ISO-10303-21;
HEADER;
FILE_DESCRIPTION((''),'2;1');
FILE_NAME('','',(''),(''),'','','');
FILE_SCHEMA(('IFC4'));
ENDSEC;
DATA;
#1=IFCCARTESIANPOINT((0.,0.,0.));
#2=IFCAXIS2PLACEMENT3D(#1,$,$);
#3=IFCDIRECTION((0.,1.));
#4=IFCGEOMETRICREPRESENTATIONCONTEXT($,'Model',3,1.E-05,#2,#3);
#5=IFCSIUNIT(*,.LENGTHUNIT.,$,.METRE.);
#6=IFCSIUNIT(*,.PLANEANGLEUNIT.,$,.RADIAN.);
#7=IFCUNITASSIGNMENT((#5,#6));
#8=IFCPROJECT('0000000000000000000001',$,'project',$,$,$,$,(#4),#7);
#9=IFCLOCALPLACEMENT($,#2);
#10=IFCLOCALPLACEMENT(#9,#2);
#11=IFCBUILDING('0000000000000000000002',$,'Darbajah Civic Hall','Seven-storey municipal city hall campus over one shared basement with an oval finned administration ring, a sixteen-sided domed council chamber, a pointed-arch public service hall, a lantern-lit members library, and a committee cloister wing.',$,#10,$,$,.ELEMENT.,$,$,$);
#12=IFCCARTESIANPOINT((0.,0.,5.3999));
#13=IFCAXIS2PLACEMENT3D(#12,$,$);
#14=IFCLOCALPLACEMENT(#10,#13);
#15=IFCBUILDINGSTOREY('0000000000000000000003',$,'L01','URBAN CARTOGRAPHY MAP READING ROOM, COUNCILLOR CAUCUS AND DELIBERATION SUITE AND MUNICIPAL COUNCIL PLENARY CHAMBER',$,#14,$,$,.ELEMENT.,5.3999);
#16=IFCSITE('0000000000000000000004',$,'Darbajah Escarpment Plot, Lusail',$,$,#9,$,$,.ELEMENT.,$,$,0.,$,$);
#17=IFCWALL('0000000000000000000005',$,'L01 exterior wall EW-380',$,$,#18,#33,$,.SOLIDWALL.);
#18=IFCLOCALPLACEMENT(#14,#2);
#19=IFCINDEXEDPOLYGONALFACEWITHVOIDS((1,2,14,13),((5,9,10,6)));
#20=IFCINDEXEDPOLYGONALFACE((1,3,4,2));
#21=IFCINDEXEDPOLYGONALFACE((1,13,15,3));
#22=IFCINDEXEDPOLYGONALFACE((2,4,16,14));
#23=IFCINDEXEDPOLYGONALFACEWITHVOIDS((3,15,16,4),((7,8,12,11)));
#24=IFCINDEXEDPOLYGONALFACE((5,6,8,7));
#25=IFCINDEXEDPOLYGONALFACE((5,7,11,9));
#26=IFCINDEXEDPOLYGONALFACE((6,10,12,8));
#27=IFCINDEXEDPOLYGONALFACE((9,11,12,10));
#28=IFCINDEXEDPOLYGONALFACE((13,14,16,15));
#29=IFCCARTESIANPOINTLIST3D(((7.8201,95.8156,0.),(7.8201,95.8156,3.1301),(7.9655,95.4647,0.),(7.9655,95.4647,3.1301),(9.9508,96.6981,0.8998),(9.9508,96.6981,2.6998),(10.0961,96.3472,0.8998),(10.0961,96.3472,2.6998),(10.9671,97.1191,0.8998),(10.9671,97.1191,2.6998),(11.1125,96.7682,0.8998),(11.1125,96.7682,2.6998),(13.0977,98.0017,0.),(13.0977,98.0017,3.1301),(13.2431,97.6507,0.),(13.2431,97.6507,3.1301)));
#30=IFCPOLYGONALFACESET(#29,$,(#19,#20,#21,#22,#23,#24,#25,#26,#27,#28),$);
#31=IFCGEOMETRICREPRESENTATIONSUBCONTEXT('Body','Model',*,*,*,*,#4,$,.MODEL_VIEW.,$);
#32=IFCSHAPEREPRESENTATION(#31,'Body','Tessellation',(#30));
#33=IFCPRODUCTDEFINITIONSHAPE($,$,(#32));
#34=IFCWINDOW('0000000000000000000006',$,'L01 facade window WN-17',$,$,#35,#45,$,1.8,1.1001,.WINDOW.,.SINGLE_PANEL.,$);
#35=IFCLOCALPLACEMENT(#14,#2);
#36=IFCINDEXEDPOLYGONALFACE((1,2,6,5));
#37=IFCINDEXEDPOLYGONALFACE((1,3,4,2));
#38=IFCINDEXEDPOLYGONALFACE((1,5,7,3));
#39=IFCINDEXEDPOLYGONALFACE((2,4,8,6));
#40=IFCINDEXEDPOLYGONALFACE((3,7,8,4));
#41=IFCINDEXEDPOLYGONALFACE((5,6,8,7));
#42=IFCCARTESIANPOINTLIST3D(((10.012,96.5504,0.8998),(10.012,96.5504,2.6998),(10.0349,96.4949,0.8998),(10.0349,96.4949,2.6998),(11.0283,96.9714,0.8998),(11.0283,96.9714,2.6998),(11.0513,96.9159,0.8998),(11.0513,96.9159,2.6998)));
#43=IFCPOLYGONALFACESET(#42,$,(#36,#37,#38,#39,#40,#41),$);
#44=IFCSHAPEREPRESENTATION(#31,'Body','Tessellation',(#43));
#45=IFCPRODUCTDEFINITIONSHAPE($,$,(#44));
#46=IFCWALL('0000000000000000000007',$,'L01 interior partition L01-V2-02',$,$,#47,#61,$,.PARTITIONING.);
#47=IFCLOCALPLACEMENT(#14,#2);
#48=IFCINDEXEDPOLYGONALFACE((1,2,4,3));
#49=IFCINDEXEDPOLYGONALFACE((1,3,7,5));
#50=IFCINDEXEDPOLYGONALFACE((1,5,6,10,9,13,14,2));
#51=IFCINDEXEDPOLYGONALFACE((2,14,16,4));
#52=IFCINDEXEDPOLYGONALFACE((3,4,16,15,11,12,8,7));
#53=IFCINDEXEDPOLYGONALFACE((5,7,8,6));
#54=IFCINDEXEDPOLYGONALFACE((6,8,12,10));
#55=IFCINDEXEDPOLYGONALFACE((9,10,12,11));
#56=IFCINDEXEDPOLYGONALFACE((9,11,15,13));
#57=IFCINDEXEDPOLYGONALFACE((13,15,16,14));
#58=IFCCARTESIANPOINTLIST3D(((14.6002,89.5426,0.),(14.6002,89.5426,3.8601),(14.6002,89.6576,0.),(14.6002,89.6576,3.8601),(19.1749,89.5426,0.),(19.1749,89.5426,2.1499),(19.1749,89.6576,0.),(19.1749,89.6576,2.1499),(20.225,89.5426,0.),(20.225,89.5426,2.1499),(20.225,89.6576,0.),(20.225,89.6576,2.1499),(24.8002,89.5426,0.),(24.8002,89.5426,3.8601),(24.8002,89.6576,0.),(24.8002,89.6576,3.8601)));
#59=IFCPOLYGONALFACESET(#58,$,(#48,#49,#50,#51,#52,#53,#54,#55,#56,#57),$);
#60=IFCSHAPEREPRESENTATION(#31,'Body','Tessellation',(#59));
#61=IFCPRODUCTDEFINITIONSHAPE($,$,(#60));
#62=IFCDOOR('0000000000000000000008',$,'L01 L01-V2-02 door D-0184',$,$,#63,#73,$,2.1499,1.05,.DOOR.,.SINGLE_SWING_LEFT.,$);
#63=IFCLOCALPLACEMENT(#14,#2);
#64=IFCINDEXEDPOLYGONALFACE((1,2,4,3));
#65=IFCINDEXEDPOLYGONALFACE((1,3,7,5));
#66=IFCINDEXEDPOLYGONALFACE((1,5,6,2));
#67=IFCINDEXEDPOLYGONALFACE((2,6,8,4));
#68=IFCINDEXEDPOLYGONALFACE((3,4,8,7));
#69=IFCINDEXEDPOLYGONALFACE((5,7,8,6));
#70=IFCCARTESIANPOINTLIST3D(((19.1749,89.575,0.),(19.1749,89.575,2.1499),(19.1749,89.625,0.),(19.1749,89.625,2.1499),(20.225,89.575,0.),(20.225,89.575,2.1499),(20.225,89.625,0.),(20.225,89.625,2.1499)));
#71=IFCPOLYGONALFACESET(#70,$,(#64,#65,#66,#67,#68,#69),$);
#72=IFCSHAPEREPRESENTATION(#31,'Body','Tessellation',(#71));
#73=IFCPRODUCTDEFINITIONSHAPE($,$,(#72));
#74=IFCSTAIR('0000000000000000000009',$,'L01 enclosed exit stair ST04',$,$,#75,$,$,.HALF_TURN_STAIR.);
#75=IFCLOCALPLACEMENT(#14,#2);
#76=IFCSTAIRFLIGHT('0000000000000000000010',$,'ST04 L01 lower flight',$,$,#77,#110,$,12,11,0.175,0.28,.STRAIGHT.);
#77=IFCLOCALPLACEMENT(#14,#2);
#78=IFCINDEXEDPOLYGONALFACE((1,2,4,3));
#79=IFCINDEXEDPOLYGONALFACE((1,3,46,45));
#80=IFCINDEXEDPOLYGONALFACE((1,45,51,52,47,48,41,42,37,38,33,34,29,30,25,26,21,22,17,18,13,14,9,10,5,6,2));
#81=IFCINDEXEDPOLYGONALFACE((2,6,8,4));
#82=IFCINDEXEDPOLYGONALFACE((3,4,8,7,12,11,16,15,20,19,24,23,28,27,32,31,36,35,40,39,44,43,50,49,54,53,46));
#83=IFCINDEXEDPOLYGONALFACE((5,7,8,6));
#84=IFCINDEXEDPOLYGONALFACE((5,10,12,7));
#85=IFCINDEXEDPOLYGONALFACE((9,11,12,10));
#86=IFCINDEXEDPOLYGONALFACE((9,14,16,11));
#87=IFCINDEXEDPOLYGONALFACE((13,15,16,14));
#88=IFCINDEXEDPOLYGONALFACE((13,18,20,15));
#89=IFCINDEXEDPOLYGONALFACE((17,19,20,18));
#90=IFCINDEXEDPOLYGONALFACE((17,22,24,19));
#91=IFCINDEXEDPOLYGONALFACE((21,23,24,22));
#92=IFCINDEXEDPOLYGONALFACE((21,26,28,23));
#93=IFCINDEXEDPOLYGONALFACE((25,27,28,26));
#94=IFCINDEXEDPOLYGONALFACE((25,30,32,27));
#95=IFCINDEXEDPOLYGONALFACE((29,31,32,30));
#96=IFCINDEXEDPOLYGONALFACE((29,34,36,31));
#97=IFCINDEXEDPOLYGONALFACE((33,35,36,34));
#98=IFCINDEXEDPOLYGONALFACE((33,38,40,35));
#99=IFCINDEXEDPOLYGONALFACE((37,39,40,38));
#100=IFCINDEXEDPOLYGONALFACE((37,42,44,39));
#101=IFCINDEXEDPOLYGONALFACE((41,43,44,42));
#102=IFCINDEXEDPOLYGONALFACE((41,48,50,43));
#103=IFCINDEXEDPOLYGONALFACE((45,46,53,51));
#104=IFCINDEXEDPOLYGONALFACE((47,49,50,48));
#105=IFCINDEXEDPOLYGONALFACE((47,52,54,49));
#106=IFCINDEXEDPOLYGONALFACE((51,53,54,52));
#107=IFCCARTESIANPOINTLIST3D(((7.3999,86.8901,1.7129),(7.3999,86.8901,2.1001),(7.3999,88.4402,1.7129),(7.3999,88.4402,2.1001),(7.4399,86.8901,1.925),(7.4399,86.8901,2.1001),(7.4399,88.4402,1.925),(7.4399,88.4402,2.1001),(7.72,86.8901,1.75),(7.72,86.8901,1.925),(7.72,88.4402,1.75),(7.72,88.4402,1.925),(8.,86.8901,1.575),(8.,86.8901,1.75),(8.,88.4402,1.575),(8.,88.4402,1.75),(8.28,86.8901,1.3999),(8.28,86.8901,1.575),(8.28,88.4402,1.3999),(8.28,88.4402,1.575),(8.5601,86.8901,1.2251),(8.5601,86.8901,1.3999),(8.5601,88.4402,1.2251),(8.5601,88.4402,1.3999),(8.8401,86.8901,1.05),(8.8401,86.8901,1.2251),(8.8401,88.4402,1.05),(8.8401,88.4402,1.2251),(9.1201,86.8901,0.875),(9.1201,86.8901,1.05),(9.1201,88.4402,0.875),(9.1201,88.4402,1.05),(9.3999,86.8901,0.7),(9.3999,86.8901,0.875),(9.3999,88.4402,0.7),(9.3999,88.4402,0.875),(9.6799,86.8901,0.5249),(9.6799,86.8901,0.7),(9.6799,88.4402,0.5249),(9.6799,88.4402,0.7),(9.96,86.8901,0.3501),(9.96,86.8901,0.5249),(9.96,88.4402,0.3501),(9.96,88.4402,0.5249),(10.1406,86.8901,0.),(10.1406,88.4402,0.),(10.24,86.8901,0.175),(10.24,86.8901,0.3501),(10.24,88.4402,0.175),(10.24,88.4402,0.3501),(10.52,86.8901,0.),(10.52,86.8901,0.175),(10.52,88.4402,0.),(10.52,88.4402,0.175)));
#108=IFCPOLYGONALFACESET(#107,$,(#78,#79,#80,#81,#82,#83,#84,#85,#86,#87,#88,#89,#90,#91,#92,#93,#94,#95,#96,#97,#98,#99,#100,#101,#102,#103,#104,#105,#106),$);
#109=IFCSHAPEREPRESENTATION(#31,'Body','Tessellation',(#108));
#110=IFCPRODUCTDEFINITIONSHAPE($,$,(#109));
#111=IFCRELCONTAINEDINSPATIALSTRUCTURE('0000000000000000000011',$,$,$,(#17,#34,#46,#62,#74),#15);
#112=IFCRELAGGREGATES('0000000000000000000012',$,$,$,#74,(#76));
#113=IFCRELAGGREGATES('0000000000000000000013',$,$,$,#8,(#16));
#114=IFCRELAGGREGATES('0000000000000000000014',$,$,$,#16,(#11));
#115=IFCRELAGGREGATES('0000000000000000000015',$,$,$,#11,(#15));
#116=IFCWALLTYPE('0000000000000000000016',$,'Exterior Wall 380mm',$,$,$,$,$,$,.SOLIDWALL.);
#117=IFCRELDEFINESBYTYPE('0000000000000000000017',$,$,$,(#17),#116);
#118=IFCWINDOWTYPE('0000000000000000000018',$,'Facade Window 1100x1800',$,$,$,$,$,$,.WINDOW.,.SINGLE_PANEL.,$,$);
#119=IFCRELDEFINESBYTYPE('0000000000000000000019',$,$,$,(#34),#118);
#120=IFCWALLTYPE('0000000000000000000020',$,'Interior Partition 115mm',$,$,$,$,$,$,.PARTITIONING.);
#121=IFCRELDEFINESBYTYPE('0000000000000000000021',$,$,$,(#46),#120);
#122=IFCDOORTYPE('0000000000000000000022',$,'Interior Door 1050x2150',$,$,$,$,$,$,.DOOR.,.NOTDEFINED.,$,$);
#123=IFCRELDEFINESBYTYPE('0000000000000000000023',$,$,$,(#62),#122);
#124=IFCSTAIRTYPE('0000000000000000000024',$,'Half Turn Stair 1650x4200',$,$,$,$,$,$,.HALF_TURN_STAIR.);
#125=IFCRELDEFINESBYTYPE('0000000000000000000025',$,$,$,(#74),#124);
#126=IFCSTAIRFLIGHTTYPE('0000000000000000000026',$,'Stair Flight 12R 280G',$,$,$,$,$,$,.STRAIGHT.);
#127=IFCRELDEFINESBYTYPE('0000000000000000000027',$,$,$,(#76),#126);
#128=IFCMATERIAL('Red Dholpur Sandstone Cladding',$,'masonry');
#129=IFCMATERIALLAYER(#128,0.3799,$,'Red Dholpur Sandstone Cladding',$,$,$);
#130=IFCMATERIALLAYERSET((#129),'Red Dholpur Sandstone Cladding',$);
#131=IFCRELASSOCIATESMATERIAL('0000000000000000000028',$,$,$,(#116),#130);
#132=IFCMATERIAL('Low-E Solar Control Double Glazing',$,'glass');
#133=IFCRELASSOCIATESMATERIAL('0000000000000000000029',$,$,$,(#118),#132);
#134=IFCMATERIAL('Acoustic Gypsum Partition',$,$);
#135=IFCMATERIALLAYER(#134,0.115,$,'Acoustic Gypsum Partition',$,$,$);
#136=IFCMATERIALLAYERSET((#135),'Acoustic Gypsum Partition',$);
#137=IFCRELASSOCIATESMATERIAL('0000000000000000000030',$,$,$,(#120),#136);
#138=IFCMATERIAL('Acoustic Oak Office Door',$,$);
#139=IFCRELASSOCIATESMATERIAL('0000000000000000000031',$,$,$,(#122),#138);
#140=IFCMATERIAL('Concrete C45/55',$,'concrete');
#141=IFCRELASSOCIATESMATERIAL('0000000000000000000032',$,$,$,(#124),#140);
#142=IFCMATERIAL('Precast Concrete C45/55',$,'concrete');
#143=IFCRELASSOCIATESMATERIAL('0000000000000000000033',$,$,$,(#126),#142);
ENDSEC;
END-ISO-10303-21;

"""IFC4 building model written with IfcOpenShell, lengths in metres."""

from ifc_helpers import new_model, si_unit, direction, frame, frame_2d, origin, place, context, subcontext, project, spatial, polyline, rectangle, outline, extrude, material, layer, layer_set, type_object, element, fill, aggregate, save


model = new_model("IFC4")

# Units and contexts
model_context = context("Model", 3, precision=1e-05, world=origin(), true_north=direction((0.0, 1.0)))
body_context = subcontext(model_context, "Body", "Model", "MODEL_VIEW")
ifc_project = project(units=[si_unit("LENGTHUNIT", "METRE"), si_unit("PLANEANGLEUNIT", "RADIAN")], contexts=[model_context])

# Site, building, storey
site_placement = place(None, origin())
site = spatial("IfcSite", under=ifc_project, at=site_placement, Name="Darbajah Escarpment Plot, Lusail", CompositionType="ELEMENT", RefElevation=0.0)
building_placement = place(site_placement, origin())
building = spatial("IfcBuilding", under=site, at=building_placement, Name="Darbajah Civic Hall", Description="Seven-storey municipal city hall campus over one shared basement with an oval finned administration ring, a sixteen-sided domed council chamber, a pointed-arch public service hall, a lantern-lit members library, and a committee cloister wing.", CompositionType="ELEMENT")
storey_placement = place(building_placement, frame((0.0, 0.0, 5.3999)))
storey = spatial("IfcBuildingStorey", under=building, at=storey_placement, Name="L01", Description="URBAN CARTOGRAPHY MAP READING ROOM, COUNCILLOR CAUCUS AND DELIBERATION SUITE AND MUNICIPAL COUNCIL PLENARY CHAMBER", CompositionType="ELEMENT", Elevation=5.3999)

# Shared definitions
ifc_material_1 = material(Name="Concrete C45/55", Category="concrete")

# Wall, opening, window
ifc_material_2 = material(Name="Red Dholpur Sandstone Cladding", Category="masonry")
ifc_layer_1 = layer(ifc_material_2, 0.3799, Name="Red Dholpur Sandstone Cladding")
ifc_layer_set_1 = layer_set([ifc_layer_1], Name="Red Dholpur Sandstone Cladding")
wall_type_1 = type_object("IfcWallType", Name="Exterior Wall 380mm", PredefinedType="SOLIDWALL", material=ifc_layer_set_1)
ifc_material_3 = material(Name="Low-E Solar Control Double Glazing", Category="glass")
window_type = type_object("IfcWindowType", Name="Facade Window 1100x1800", PartitioningType="SINGLE_PANEL", PredefinedType="WINDOW", material=ifc_material_3)
wall_1_placement = place(storey_placement, frame((13.1704, 97.8262, 0.0), z_axis=(0.0, 0.0, 1.0), x_axis=(-0.92388, -0.382681, 0.0)))
wall_1 = element("IfcWall", 1, at=wall_1_placement, inside=storey, type_object=wall_type_1, Name="L01 exterior wall EW-380", PredefinedType="SOLIDWALL", context=body_context, shape_type="SweptSolid", body=[
    extrude(rectangle(XDim=5.7124, YDim=0.3799, at=frame_2d((2.8562, 0.0))), origin(), (0.0, 0.0, 1.0), 3.1301),
])
opening_1_placement = place(wall_1_placement, frame((2.3062, 0.0, 0.8999)))
opening_1 = element("IfcOpeningElement", 2, at=opening_1_placement, cuts=wall_1, PredefinedType="OPENING", context=body_context, shape_type="SweptSolid", body=[
    extrude(rectangle(XDim=1.1001, YDim=1.8, at=frame_2d((0.55, 0.8999))), frame((0.0, 0.2, 0.0), z_axis=(0.0, -1.0, 0.0), x_axis=(1.0, 0.0, 0.0)), (0.0, 0.0, 1.0), 0.3999),
])
window_1_placement = place(opening_1_placement, origin())
window_1 = element("IfcWindow", 3, at=window_1_placement, inside=storey, type_object=window_type, Name="L01 facade window WN-17", OverallHeight=1.8, OverallWidth=1.1001, PartitioningType="SINGLE_PANEL", PredefinedType="WINDOW", context=body_context, shape_type="SweptSolid", body=[
    extrude(rectangle(XDim=1.1001, YDim=1.8, at=frame_2d((0.55, 0.8999))), frame((0.0, 0.03, 0.0), z_axis=(0.0, -1.0, 0.0), x_axis=(1.0, 0.0, 0.0)), (0.0, 0.0, 1.0), 0.0601),
])
fill(opening_1, window_1)

# Wall, opening, door
ifc_material_4 = material(Name="Acoustic Gypsum Partition")
ifc_layer_2 = layer(ifc_material_4, 0.115, Name="Acoustic Gypsum Partition")
ifc_layer_set_2 = layer_set([ifc_layer_2], Name="Acoustic Gypsum Partition")
wall_type_2 = type_object("IfcWallType", Name="Interior Partition 115mm", PredefinedType="PARTITIONING", material=ifc_layer_set_2)
wall_2_placement = place(storey_placement, frame((14.6001, 89.6001, 0.0), z_axis=(0.0, 0.0, 1.0), x_axis=(1.0, 0.0, 0.0)))
wall_2 = element("IfcWall", 4, at=wall_2_placement, inside=storey, type_object=wall_type_2, Name="L01 interior partition L01-V2-02", PredefinedType="PARTITIONING", context=body_context, shape_type="SweptSolid", body=[
    extrude(rectangle(XDim=10.2, YDim=0.115, at=frame_2d((5.1001, 0.0))), origin(), (0.0, 0.0, 1.0), 3.8601),
])
opening_2_placement = place(wall_2_placement, frame((4.575, 0.0, 0.0)))
opening_2 = element("IfcOpeningElement", 5, at=opening_2_placement, cuts=wall_2, PredefinedType="OPENING", context=body_context, shape_type="SweptSolid", body=[
    extrude(rectangle(XDim=1.05, YDim=2.1499, at=frame_2d((0.5249, 1.075))), frame((0.0, 0.0674, 0.0), z_axis=(0.0, -1.0, 0.0), x_axis=(1.0, 0.0, 0.0)), (0.0, 0.0, 1.0), 0.135),
])
ifc_material_5 = material(Name="Acoustic Oak Office Door")
door_type_1 = type_object("IfcDoorType", Name="Interior Door 1050x2150", OperationType="NOTDEFINED", PredefinedType="DOOR", material=ifc_material_5)
door_1_placement = place(opening_2_placement, origin())
door_1 = element("IfcDoor", 6, at=door_1_placement, inside=storey, type_object=door_type_1, Name="L01 L01-V2-02 door D-0184", OperationType="SINGLE_SWING_LEFT", OverallHeight=2.1499, OverallWidth=1.05, PredefinedType="DOOR", context=body_context, shape_type="SweptSolid", body=[
    extrude(rectangle(XDim=1.05, YDim=2.1499, at=frame_2d((0.5249, 1.075))), frame((0.0, 0.0249, 0.0), z_axis=(0.0, -1.0, 0.0), x_axis=(1.0, 0.0, 0.0)), (0.0, 0.0, 1.0), 0.05),
])
fill(opening_2, door_1)

# Stair, stair flight
stair_type = type_object("IfcStairType", Name="Half Turn Stair 1650x4200", PredefinedType="HALF_TURN_STAIR", material=ifc_material_1)
stair_placement = place(storey_placement, origin())
stair = element("IfcStair", 7, at=stair_placement, inside=storey, type_object=stair_type, Name="L01 enclosed exit stair ST04", PredefinedType="HALF_TURN_STAIR")
ifc_material_6 = material(Name="Precast Concrete C45/55", Category="concrete")
stair_flight_type = type_object("IfcStairFlightType", Name="Stair Flight 12R 280G", PredefinedType="STRAIGHT", material=ifc_material_6)
stair_flight_placement = place(storey_placement, frame((10.52, 87.665, 0.0), z_axis=(0.0, 0.0, 1.0), x_axis=(-1.0, 0.0, 0.0)))
stair_flight = element("IfcStairFlight", 8, at=stair_flight_placement, type_object=stair_flight_type, Name="ST04 L01 lower flight", NumberOfRisers=12, NumberOfTreads=11, PredefinedType="STRAIGHT", RiserHeight=0.175, TreadLength=0.28, context=body_context, shape_type="SweptSolid", body=[
    extrude(outline(polyline([(0.0, 0.0), (0.0, 0.175), (0.28, 0.175), (0.28, 0.3501), (0.5601, 0.3501), (0.5601, 0.5249), (0.8401, 0.5249), (0.8401, 0.7), (1.1201, 0.7), (1.1201, 0.875), (1.3999, 0.875), (1.3999, 1.05), (1.6799, 1.05), (1.6799, 1.2251), (1.96, 1.2251), (1.96, 1.3999), (2.24, 1.3999), (2.24, 1.575), (2.52, 1.575), (2.52, 1.75), (2.8, 1.75), (2.8, 1.925), (3.0801, 1.925), (3.0801, 2.1001), (3.1201, 2.1001), (3.1201, 1.7129), (0.3794, 0.0), (0.0, 0.0)])), frame((0.0, 0.7749, 0.0), z_axis=(0.0, -1.0, 0.0), x_axis=(1.0, 0.0, 0.0)), (0.0, 0.0, 1.0), 1.55),
])
aggregate(stair, [stair_flight])

save(model, "model.ifc")
